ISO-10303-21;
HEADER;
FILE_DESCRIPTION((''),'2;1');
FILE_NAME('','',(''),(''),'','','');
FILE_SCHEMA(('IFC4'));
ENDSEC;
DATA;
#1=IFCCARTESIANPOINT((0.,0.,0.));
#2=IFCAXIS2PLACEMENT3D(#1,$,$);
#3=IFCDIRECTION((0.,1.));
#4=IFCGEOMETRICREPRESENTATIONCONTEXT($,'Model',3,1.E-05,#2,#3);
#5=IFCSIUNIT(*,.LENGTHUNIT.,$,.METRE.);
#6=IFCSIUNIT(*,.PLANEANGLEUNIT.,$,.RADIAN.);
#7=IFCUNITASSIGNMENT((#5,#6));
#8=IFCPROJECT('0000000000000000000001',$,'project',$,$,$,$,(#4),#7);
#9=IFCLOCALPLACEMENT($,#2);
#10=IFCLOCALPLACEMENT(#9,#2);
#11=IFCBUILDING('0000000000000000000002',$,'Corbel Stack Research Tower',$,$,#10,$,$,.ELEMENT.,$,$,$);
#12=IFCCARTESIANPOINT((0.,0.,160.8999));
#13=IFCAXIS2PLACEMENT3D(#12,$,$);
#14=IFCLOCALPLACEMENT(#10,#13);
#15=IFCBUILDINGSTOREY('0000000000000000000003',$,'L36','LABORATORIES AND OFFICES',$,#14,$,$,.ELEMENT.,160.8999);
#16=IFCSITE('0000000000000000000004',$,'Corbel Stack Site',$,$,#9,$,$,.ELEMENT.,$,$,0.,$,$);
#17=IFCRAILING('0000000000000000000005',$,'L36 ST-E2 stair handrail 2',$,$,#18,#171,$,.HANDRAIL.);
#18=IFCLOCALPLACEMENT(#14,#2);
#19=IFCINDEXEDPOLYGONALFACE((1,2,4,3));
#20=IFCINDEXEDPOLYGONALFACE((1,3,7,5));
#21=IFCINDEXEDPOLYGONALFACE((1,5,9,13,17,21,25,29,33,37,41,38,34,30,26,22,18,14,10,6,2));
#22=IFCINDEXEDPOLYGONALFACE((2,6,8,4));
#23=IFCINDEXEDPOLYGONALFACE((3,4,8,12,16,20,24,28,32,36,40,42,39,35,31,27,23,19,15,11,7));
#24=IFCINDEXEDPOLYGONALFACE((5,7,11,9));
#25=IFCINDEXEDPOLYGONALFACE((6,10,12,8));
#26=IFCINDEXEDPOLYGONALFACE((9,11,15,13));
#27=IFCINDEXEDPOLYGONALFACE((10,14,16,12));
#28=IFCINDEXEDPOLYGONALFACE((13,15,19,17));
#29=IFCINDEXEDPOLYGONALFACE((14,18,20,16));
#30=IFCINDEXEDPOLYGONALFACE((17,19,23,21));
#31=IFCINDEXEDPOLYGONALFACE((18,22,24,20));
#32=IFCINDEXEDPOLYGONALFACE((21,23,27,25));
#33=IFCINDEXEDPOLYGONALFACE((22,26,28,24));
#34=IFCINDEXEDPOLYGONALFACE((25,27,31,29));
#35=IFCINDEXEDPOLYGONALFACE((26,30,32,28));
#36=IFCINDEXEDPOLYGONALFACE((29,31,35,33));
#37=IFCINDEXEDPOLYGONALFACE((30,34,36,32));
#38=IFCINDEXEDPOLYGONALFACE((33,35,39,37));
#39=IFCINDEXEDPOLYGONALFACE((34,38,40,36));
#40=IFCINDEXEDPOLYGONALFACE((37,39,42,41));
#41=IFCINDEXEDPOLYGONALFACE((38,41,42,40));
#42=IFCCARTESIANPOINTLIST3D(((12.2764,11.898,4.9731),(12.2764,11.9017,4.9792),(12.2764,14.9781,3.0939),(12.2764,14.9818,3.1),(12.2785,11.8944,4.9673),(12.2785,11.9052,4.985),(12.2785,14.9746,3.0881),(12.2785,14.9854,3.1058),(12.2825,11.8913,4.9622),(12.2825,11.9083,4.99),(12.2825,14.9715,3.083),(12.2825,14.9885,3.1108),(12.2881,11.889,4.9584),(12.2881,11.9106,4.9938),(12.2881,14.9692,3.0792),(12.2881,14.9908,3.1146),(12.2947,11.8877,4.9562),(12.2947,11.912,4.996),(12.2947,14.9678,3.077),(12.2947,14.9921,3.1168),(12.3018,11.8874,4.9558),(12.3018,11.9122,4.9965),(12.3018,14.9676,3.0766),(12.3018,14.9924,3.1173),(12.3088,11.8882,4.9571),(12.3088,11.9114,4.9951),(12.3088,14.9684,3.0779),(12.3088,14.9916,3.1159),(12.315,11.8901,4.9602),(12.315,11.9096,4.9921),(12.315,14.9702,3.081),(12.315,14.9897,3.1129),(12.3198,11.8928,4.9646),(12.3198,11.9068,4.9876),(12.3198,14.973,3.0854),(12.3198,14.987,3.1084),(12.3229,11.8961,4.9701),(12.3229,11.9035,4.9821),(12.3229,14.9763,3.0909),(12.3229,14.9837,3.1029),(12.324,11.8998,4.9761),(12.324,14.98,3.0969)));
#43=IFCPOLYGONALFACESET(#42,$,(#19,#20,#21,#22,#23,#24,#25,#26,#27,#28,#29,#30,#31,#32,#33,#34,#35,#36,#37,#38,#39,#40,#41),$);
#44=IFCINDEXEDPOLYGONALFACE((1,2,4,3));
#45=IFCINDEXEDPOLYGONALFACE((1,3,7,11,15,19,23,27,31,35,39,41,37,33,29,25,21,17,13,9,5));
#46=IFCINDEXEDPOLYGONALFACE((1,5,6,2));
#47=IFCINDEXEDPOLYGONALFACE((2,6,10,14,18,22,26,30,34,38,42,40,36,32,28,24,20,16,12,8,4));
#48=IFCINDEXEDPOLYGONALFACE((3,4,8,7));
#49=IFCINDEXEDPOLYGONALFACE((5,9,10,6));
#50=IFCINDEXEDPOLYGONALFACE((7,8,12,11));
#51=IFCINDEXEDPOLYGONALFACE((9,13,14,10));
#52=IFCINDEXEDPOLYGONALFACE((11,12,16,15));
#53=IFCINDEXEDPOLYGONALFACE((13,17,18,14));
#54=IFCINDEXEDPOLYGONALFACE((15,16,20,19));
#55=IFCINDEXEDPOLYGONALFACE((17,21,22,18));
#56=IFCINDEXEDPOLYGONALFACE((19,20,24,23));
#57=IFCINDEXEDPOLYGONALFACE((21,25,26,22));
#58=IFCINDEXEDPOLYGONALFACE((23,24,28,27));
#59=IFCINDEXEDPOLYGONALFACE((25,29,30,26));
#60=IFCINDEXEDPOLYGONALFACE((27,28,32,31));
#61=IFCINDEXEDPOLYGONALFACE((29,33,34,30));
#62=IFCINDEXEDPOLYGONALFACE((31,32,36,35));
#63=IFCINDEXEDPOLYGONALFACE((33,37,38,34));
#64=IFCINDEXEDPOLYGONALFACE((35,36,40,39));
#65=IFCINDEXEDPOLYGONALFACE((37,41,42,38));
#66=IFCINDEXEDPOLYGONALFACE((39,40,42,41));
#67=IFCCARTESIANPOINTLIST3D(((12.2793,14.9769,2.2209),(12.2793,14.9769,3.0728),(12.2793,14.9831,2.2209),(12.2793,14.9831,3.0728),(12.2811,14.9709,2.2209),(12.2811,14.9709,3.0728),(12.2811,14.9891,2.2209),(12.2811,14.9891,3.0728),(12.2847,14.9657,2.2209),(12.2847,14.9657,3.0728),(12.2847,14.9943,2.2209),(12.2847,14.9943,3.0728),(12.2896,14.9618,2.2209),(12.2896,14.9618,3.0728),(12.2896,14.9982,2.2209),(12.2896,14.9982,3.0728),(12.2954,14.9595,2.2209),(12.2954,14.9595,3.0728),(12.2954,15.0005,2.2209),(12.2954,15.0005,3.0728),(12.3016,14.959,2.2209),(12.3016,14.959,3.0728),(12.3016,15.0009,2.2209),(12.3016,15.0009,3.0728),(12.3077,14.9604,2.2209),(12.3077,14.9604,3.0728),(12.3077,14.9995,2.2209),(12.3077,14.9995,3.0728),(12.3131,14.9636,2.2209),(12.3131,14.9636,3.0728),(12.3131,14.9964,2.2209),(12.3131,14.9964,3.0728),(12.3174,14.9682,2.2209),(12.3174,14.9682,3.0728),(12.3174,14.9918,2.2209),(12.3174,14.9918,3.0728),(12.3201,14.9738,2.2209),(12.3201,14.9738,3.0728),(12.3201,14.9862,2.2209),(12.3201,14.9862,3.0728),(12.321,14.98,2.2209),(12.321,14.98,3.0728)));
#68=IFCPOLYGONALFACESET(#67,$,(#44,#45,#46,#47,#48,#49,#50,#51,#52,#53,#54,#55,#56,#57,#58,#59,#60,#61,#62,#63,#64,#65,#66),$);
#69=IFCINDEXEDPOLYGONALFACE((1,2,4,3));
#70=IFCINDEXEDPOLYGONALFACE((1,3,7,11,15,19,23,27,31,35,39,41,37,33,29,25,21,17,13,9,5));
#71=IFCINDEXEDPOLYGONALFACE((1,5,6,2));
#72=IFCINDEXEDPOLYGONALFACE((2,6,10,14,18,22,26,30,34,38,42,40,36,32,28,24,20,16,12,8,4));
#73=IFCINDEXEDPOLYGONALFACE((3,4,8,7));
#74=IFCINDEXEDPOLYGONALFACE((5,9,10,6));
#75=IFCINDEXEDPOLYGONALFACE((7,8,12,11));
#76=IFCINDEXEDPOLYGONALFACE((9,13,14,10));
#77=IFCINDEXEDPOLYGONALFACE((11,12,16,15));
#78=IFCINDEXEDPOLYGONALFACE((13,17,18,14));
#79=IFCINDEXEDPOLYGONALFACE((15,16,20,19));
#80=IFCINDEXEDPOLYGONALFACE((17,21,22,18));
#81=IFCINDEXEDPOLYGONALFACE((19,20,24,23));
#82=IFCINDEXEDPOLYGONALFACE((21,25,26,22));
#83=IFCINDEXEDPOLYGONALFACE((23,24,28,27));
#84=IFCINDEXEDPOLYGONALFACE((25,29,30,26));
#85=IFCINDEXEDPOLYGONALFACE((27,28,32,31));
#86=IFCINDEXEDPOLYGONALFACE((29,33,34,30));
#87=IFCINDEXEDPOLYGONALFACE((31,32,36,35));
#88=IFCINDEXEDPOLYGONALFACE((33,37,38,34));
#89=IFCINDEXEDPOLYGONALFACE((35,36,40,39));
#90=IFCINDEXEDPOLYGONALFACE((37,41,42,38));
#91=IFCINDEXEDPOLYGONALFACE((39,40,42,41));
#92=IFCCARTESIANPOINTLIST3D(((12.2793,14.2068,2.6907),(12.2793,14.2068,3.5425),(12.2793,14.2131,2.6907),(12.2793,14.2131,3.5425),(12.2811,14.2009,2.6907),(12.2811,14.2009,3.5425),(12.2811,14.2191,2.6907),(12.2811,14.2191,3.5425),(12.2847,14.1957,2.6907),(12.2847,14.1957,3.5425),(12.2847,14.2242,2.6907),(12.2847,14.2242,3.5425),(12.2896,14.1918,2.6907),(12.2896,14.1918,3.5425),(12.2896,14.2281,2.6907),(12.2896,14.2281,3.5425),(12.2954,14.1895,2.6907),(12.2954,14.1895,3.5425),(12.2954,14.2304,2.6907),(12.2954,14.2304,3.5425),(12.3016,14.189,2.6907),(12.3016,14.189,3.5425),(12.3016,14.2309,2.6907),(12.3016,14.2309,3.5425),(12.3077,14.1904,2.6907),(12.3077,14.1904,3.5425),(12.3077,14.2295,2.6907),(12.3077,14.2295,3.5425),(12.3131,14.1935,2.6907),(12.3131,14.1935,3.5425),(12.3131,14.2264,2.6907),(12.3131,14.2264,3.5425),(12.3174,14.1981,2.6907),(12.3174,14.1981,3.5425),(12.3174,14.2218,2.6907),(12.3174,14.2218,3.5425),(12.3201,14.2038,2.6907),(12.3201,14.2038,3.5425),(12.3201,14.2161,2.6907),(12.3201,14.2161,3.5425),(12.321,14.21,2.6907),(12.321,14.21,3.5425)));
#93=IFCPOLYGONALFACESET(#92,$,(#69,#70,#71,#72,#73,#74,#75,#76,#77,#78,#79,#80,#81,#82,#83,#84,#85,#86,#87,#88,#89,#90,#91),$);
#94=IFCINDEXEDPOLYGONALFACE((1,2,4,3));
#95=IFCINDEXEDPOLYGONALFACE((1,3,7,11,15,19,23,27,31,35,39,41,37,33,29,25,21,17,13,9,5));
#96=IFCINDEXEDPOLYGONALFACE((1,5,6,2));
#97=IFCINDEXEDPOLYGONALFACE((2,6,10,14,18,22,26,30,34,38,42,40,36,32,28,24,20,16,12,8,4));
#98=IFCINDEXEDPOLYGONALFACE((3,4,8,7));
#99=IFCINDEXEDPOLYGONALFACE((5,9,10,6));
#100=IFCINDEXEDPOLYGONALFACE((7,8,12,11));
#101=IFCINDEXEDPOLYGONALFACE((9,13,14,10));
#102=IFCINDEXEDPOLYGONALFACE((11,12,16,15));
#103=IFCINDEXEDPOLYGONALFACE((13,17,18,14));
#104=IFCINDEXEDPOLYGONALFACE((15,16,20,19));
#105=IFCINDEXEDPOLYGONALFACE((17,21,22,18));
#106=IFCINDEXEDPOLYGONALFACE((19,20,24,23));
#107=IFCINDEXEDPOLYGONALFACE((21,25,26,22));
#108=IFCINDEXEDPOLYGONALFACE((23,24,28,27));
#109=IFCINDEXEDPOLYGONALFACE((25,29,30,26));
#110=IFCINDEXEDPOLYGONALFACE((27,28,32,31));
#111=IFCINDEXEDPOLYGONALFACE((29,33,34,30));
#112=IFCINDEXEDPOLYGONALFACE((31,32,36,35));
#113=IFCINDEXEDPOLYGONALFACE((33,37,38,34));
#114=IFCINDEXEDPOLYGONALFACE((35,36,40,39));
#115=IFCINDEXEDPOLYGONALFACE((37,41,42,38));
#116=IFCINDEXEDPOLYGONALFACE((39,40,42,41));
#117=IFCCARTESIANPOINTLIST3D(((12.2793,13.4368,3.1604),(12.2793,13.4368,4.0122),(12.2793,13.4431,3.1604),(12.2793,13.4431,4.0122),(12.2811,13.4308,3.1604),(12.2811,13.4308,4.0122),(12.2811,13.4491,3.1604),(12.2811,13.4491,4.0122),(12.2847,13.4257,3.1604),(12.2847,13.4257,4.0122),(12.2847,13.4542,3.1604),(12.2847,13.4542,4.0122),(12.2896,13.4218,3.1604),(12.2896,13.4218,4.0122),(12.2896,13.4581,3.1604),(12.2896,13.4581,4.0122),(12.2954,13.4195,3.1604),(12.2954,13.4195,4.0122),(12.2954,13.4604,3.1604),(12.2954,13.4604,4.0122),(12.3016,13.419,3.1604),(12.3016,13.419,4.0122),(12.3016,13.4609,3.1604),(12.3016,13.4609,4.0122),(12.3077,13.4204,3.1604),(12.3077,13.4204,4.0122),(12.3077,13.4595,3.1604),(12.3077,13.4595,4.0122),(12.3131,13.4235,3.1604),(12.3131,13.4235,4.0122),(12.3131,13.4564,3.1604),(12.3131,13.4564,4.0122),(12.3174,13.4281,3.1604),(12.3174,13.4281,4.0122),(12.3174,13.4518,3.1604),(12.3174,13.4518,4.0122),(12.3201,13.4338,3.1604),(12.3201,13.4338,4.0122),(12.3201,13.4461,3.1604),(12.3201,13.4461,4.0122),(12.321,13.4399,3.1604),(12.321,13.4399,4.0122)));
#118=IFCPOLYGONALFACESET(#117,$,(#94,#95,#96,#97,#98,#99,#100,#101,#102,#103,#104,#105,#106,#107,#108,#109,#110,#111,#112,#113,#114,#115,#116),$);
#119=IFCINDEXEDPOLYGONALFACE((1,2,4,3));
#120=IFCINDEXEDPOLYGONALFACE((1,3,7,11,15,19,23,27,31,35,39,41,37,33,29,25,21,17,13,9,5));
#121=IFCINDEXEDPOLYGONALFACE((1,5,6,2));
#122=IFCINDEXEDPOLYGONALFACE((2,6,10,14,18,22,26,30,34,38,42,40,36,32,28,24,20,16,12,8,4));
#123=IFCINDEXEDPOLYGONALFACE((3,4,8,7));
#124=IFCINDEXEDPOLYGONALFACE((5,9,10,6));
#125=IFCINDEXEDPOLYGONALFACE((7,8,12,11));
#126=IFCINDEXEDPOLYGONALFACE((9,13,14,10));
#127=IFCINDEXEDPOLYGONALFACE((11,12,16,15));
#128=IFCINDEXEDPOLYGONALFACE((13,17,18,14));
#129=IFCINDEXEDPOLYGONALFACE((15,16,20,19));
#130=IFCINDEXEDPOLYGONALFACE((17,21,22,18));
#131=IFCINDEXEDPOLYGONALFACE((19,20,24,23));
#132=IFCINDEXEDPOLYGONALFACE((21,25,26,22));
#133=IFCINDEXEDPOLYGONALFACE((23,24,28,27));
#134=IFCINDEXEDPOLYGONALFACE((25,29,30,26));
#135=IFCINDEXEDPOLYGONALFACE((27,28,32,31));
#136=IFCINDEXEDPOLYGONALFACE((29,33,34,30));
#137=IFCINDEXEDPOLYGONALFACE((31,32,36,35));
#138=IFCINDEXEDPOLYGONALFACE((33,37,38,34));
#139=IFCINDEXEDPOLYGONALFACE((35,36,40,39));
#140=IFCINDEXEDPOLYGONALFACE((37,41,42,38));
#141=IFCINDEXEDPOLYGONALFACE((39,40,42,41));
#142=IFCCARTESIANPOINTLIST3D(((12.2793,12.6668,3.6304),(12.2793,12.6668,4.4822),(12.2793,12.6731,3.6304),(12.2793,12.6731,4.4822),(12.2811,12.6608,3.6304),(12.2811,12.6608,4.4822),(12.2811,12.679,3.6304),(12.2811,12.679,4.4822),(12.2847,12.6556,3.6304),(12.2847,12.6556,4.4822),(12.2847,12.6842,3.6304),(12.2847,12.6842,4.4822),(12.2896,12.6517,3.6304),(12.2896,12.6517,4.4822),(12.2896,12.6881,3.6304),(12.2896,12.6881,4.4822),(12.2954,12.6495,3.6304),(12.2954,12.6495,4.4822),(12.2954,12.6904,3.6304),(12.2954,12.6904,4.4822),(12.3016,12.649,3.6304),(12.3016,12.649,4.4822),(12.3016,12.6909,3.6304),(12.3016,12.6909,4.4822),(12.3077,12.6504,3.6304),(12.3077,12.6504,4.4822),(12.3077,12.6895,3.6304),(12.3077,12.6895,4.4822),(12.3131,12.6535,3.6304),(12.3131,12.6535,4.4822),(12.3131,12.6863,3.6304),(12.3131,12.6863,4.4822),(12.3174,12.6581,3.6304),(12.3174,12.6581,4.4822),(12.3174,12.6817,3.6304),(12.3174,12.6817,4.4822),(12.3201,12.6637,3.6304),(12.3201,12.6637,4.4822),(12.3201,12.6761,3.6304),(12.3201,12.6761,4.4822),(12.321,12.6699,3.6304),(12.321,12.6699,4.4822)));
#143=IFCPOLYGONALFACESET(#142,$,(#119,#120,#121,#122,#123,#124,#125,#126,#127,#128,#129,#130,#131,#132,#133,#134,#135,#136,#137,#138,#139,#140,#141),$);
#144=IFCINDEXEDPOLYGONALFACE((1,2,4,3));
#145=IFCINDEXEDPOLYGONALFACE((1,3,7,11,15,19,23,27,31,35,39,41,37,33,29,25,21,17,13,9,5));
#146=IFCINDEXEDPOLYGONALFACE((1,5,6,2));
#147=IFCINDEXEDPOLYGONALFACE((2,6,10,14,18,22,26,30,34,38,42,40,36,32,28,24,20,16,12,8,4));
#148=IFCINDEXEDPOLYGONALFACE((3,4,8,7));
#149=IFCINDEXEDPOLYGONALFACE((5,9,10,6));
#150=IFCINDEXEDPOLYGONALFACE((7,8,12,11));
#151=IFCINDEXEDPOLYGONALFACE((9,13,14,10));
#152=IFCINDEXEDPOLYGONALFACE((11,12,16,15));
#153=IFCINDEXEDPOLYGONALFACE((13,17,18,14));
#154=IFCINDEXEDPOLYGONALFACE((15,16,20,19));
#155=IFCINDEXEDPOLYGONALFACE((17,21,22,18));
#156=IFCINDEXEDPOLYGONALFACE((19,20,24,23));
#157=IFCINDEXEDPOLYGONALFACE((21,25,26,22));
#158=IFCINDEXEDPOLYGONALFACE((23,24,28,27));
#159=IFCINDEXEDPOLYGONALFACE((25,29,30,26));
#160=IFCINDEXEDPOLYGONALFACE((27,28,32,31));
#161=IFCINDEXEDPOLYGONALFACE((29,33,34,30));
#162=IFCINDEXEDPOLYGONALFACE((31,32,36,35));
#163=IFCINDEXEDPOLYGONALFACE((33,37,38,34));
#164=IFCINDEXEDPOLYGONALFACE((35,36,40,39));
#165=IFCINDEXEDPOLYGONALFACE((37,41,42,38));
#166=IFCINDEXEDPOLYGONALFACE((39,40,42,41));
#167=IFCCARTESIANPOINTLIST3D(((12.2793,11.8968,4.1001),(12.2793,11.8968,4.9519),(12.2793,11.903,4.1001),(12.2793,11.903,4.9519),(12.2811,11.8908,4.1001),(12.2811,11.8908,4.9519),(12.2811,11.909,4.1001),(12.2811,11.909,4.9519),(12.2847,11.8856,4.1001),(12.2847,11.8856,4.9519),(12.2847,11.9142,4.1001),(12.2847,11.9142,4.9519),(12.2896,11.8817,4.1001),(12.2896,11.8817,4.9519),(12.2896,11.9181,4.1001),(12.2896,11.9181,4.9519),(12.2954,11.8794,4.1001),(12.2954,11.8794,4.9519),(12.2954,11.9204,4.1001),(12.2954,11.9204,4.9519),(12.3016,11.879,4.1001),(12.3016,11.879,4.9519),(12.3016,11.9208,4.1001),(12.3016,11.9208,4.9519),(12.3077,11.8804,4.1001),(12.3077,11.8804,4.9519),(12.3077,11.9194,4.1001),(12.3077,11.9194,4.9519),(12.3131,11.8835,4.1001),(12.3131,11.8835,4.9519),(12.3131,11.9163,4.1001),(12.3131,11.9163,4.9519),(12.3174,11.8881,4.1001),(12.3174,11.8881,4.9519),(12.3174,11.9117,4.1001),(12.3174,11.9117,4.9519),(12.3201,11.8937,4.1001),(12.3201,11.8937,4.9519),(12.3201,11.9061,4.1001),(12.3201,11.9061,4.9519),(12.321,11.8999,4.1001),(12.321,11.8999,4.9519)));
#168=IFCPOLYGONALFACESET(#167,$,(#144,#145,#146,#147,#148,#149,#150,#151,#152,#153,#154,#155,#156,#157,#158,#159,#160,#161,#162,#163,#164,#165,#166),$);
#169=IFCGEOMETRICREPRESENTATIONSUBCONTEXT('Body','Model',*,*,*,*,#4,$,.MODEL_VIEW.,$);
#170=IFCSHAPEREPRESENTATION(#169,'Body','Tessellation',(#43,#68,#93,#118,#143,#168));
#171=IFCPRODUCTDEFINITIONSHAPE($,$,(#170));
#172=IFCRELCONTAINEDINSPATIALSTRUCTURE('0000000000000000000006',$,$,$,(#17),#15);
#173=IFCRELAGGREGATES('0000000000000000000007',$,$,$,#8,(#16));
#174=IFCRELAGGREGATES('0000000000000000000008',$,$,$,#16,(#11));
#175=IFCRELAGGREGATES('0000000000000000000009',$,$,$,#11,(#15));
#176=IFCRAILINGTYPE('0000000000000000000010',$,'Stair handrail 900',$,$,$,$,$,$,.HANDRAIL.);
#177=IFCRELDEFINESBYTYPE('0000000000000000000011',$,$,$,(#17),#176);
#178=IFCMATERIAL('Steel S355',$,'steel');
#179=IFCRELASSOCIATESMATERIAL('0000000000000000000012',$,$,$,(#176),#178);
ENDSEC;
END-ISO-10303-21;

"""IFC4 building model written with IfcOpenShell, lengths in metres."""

from ifc_helpers import new_model, si_unit, direction, frame, origin, origin_2d, place, context, subcontext, project, spatial, circle, extrude, material, type_object, element, save


model = new_model("IFC4")

# Units and contexts
model_context = context("Model", 3, precision=1e-05, world=origin(), true_north=direction((0.0, 1.0)))
body_context = subcontext(model_context, "Body", "Model", "MODEL_VIEW")
ifc_project = project(units=[si_unit("LENGTHUNIT", "METRE"), si_unit("PLANEANGLEUNIT", "RADIAN")], contexts=[model_context])

# Site, building, storey
site_placement = place(None, origin())
site = spatial("IfcSite", under=ifc_project, at=site_placement, Name="Corbel Stack Site", CompositionType="ELEMENT", RefElevation=0.0)
building_placement = place(site_placement, origin())
building = spatial("IfcBuilding", under=site, at=building_placement, Name="Corbel Stack Research Tower", CompositionType="ELEMENT")
storey_placement = place(building_placement, frame((0.0, 0.0, 160.8999)))
storey = spatial("IfcBuildingStorey", under=building, at=storey_placement, Name="L36", Description="LABORATORIES AND OFFICES", CompositionType="ELEMENT", Elevation=160.8999)

# Railing
ifc_material_1 = material(Name="Steel S355", Category="steel")
railing_type_1 = type_object("IfcRailingType", Name="Stair handrail 900", PredefinedType="HANDRAIL", material=ifc_material_1)
railing_1_placement = place(storey_placement, frame((12.3, 14.98, 2.2209)))
element("IfcRailing", 1, at=railing_1_placement, inside=storey, type_object=railing_type_1, Name="L36 ST-E2 stair handrail 2", PredefinedType="HANDRAIL", context=body_context, shape_type="SweptSolid", body=[
    extrude(circle(Radius=0.0239, at=origin_2d()), frame((0.0, 0.0, 0.876), z_axis=(0.0, -0.853666, 0.52082), x_axis=(1.0, 0.0, 0.0)), (0.0, 0.0, 1.0), 3.6082),
    extrude(circle(Radius=0.021, at=origin_2d()), origin(), (0.0, 0.0, 1.0), 0.8518),
    extrude(circle(Radius=0.021, at=origin_2d()), frame((0.0, -0.77, 0.4697)), (0.0, 0.0, 1.0), 0.8518),
    extrude(circle(Radius=0.021, at=origin_2d()), frame((0.0, -1.54, 0.9395)), (0.0, 0.0, 1.0), 0.8518),
    extrude(circle(Radius=0.021, at=origin_2d()), frame((0.0, -2.3101, 1.4094)), (0.0, 0.0, 1.0), 0.8518),
    extrude(circle(Radius=0.021, at=origin_2d()), frame((0.0, -3.0801, 1.8792)), (0.0, 0.0, 1.0), 0.8518),
])

save(model, "model.ifc")
